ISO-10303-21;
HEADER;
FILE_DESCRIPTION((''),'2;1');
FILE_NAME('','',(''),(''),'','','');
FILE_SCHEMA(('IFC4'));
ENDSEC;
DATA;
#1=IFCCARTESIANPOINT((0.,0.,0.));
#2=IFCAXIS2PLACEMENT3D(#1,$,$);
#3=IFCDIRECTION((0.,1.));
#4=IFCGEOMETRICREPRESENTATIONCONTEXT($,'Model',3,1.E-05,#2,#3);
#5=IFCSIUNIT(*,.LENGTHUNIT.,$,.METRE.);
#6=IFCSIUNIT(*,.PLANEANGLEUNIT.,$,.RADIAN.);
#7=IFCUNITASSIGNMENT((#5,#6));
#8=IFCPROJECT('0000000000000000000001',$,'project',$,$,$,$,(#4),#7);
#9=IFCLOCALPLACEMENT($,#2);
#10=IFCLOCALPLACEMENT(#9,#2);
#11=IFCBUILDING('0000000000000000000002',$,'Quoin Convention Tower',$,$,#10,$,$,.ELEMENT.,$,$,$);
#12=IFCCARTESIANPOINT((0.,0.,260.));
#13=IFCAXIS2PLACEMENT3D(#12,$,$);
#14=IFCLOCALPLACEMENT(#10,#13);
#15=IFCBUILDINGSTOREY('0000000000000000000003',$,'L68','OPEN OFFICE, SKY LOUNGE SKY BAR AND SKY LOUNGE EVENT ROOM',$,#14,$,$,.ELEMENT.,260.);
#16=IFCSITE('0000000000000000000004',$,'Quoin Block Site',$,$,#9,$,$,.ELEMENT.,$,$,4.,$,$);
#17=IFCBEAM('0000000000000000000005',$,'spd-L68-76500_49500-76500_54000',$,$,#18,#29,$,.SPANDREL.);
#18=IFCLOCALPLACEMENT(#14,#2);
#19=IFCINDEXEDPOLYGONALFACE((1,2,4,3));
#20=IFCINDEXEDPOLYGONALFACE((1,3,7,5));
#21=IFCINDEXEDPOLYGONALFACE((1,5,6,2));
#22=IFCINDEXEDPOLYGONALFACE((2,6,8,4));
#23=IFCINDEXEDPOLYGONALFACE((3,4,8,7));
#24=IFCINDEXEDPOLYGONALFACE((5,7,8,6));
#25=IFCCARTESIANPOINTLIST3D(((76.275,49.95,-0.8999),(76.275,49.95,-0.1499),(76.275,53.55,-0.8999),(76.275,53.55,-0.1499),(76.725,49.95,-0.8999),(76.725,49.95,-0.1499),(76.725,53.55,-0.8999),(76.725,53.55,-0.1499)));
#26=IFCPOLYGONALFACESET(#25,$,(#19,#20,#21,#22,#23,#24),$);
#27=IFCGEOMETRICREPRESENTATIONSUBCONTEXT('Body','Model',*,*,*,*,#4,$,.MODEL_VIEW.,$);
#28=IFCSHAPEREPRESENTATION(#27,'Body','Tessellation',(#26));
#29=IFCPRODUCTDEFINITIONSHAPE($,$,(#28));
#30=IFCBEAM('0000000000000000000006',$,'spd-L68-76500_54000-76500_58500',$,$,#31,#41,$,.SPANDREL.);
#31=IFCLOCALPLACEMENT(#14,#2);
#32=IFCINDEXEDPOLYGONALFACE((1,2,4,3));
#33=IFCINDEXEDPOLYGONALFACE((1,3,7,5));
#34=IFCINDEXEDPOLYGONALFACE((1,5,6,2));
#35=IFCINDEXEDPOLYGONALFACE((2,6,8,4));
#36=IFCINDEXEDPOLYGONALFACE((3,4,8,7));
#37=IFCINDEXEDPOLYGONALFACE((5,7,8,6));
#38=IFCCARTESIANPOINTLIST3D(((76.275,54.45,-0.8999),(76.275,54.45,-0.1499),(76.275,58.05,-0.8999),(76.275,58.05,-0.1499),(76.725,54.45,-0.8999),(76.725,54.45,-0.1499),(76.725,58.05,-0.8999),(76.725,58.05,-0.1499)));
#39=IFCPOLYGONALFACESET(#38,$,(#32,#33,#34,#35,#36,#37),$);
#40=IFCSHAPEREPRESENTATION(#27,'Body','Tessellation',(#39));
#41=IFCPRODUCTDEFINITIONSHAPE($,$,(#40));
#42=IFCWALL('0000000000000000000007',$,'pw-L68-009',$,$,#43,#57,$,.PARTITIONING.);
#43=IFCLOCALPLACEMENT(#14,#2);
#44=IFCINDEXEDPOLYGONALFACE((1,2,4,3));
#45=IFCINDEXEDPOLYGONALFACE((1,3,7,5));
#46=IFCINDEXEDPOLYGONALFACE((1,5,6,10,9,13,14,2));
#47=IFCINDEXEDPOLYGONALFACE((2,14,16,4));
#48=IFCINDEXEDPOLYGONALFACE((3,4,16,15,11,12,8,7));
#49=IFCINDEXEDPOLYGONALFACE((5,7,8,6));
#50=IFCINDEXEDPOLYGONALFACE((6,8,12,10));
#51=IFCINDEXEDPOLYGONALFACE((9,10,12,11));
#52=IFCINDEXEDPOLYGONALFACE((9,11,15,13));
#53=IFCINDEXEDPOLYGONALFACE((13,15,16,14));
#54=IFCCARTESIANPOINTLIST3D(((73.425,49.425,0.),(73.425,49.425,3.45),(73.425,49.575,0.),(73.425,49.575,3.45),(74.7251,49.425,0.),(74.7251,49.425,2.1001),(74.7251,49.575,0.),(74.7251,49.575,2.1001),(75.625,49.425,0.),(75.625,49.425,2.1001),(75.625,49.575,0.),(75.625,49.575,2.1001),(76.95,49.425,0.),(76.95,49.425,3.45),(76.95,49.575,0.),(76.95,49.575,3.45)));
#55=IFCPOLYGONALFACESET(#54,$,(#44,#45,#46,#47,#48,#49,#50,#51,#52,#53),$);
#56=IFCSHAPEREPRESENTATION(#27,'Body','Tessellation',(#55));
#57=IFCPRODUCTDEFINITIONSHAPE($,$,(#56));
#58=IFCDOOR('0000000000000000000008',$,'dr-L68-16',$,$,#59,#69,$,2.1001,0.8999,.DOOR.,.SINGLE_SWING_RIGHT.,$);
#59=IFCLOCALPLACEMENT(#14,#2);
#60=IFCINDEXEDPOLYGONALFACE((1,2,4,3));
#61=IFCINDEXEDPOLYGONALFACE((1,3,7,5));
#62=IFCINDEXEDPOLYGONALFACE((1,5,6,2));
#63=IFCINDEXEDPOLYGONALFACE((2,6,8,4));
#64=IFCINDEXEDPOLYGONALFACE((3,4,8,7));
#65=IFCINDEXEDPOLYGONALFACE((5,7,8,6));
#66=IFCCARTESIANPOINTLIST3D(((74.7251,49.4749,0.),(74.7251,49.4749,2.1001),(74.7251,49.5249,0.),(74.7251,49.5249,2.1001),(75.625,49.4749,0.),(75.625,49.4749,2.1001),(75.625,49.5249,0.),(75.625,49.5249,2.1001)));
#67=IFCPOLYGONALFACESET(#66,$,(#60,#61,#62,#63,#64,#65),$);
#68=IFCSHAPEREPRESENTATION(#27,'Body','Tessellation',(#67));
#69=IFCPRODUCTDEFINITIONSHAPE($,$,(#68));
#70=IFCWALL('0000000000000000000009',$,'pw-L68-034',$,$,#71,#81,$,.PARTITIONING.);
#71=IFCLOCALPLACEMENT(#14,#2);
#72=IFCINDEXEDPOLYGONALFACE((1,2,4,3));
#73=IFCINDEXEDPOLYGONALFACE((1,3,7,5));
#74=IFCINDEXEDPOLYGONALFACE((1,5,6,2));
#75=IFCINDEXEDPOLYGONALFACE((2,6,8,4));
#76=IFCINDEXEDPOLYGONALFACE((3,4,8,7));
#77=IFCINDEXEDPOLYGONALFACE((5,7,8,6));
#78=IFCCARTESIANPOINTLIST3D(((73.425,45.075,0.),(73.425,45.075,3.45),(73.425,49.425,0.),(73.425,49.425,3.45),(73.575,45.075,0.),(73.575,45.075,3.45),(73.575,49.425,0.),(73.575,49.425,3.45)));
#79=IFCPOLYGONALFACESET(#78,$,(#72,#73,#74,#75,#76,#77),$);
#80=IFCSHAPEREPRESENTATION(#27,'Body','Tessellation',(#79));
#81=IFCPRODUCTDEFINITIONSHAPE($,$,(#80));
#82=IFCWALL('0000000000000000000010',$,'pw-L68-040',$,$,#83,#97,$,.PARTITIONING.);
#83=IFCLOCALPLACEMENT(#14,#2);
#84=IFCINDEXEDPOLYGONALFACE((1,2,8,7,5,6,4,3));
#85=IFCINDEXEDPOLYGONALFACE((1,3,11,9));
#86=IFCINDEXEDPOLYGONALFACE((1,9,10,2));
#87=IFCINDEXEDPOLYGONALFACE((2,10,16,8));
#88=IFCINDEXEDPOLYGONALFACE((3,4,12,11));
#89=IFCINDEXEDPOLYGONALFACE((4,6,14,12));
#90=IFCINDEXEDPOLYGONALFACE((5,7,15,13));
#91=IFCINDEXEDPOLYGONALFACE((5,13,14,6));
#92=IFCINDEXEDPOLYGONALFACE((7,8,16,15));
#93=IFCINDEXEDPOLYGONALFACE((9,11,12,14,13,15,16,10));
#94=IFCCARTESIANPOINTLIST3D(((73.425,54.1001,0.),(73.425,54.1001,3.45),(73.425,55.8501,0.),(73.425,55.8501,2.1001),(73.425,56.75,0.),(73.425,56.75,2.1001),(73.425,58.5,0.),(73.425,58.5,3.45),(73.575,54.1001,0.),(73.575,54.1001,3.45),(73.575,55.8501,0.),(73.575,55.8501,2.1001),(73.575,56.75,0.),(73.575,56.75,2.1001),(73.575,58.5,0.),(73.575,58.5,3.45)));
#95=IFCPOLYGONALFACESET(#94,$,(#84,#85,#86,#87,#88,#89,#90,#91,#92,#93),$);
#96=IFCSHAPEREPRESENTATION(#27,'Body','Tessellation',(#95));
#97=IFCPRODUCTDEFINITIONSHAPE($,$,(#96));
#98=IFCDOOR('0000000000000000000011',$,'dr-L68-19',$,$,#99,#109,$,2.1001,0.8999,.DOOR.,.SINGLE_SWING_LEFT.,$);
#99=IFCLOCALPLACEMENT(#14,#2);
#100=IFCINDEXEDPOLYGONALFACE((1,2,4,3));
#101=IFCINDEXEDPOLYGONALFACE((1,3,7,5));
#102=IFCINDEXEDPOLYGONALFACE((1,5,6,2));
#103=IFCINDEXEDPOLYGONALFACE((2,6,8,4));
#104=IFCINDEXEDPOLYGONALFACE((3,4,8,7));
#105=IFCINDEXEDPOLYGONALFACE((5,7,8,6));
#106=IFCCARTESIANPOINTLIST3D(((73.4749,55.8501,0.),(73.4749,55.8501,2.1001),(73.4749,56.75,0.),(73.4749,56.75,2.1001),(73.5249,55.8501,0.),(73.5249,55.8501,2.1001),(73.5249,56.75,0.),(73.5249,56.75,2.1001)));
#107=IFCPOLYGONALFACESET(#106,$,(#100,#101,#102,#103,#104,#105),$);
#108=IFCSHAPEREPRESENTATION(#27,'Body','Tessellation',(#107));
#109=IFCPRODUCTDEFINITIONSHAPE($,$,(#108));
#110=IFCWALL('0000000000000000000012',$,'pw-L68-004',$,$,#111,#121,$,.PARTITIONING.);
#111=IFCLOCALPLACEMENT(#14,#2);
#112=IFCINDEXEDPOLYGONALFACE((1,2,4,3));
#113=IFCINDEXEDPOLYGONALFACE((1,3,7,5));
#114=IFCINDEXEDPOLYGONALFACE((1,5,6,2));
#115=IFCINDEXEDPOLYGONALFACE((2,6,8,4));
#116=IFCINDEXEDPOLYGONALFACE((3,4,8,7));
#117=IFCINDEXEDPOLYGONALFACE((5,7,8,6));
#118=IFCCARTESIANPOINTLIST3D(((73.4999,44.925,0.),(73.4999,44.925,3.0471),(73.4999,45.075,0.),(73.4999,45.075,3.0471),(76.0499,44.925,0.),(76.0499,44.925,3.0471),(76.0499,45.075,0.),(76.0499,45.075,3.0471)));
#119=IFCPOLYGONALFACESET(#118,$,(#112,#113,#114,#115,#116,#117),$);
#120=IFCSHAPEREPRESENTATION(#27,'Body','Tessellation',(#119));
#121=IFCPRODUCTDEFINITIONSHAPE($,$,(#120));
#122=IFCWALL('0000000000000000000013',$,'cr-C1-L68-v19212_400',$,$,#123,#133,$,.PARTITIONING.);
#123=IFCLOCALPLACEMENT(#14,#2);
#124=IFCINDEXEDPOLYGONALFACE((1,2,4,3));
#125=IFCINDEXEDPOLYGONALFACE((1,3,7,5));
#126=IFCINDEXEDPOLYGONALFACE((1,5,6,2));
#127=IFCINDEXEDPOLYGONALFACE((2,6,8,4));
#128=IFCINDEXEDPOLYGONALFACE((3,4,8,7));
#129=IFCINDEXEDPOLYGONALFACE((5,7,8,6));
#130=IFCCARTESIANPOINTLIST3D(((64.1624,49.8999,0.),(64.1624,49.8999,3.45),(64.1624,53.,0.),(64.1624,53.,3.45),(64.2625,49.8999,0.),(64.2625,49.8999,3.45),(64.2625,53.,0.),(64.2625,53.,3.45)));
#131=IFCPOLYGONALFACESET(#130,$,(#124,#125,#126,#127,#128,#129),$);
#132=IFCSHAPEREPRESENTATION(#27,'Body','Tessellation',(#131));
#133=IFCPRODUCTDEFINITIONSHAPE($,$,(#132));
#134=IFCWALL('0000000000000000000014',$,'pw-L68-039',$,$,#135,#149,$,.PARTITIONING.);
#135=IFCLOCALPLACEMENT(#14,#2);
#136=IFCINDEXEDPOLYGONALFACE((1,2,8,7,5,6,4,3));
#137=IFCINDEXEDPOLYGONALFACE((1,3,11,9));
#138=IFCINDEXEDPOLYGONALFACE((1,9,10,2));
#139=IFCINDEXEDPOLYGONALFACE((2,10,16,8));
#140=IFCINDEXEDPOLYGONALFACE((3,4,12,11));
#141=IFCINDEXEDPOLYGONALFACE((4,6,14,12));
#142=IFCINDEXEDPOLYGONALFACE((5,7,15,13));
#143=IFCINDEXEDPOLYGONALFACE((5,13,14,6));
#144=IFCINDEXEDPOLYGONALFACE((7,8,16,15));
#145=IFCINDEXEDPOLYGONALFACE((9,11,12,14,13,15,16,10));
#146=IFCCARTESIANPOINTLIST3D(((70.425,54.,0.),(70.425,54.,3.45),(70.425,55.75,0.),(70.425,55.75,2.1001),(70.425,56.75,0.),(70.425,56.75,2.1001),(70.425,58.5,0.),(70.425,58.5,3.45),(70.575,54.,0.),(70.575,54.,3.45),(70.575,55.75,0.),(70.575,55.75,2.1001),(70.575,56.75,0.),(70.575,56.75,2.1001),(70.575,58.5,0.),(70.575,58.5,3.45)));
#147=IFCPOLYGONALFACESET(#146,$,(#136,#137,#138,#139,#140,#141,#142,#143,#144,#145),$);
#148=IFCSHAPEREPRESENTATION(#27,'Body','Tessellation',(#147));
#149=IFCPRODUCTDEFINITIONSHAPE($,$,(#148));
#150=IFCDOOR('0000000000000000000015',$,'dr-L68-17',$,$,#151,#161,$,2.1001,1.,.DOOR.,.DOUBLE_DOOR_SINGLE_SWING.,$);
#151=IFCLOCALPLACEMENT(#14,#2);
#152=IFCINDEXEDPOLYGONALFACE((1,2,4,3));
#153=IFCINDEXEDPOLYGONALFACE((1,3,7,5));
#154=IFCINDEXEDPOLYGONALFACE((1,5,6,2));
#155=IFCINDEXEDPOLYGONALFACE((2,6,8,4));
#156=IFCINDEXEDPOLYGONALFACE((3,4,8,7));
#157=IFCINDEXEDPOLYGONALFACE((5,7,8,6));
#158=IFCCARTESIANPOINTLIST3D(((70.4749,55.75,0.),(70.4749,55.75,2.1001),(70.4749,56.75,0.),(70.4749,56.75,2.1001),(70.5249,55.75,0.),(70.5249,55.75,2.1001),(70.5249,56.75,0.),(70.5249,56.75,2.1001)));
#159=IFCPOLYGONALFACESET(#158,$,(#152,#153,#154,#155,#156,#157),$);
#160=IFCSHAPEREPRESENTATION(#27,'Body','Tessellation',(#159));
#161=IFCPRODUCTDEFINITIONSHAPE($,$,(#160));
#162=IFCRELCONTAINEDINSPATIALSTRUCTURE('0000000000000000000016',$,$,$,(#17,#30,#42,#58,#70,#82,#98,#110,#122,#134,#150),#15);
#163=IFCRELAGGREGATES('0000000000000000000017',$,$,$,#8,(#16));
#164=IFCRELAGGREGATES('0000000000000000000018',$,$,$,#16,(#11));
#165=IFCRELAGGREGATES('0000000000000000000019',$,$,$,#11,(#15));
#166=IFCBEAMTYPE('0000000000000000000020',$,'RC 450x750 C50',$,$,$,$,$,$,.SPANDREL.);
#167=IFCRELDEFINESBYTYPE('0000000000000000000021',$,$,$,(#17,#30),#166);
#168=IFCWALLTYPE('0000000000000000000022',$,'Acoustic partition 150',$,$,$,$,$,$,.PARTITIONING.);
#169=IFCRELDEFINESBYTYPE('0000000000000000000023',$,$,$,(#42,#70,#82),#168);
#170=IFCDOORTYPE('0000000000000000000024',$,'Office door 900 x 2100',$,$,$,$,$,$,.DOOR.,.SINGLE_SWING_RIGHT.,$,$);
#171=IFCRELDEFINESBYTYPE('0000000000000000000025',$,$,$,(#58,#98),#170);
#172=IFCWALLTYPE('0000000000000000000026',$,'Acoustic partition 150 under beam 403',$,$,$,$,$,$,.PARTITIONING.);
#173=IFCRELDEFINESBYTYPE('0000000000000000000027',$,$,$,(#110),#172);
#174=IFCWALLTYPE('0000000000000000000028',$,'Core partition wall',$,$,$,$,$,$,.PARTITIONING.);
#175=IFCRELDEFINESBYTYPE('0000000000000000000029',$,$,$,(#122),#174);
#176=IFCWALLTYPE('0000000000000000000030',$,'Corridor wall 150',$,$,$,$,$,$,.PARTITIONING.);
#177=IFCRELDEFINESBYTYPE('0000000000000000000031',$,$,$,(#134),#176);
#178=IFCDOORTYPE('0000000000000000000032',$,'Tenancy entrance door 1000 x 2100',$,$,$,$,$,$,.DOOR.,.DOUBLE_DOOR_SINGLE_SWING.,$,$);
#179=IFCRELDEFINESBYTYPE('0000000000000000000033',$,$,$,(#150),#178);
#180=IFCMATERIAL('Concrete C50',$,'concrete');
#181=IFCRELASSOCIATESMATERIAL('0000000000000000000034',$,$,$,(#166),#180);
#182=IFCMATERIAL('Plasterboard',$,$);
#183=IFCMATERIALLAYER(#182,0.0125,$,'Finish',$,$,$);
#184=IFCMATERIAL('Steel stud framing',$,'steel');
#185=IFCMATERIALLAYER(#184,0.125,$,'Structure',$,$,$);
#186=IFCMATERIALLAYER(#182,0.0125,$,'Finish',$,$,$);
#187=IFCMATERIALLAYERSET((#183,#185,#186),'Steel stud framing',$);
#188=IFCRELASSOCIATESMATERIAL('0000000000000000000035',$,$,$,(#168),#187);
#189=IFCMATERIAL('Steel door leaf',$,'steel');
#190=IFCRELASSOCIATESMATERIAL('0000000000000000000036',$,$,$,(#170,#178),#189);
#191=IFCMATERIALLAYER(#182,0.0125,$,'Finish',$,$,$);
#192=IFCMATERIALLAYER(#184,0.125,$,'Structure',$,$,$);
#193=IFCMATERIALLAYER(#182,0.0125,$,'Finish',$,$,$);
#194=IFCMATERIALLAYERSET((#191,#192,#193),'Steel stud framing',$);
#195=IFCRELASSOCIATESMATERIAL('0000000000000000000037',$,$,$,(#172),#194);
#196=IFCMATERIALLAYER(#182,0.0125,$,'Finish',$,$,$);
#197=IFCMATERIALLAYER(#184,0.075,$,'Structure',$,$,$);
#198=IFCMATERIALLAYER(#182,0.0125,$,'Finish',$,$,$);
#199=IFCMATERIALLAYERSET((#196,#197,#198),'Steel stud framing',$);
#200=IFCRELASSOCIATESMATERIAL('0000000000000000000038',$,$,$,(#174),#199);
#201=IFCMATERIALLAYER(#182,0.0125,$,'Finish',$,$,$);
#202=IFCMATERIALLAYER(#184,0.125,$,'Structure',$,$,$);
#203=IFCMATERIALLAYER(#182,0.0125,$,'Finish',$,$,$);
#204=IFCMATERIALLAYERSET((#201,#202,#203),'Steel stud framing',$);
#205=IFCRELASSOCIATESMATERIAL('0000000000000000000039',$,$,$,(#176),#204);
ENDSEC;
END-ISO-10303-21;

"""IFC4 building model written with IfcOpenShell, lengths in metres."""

from ifc_helpers import new_model, si_unit, direction, frame, frame_2d, origin, origin_2d, place, context, subcontext, project, spatial, rectangle, extrude, material, layer, layer_set, material_profile, profile_set, type_object, element, fill, save


model = new_model("IFC4")

# Units and contexts
model_context = context("Model", 3, precision=1e-05, world=origin(), true_north=direction((0.0, 1.0)))
body_context = subcontext(model_context, "Body", "Model", "MODEL_VIEW")
ifc_project = project(units=[si_unit("LENGTHUNIT", "METRE"), si_unit("PLANEANGLEUNIT", "RADIAN")], contexts=[model_context])

# Site, building, storey
site_placement = place(None, origin())
site = spatial("IfcSite", under=ifc_project, at=site_placement, Name="Quoin Block Site", CompositionType="ELEMENT", RefElevation=4.0)
building_placement = place(site_placement, origin())
building = spatial("IfcBuilding", under=site, at=building_placement, Name="Quoin Convention Tower", CompositionType="ELEMENT")
storey_placement = place(building_placement, frame((0.0, 0.0, 260.0)))
storey = spatial("IfcBuildingStorey", under=building, at=storey_placement, Name="L68", Description="OPEN OFFICE, SKY LOUNGE SKY BAR AND SKY LOUNGE EVENT ROOM", CompositionType="ELEMENT", Elevation=260.0)

# Shared definitions
ifc_material_1 = material(Name="Concrete C50", Category="concrete")

# Beams
ifc_material_profile_1 = material_profile(ifc_material_1, rectangle(XDim=0.45, YDim=0.75, at=origin_2d()), Name="RC 450x750")
ifc_profile_set_1 = profile_set([ifc_material_profile_1], Name="Concrete C50")
beam_type_1 = type_object("IfcBeamType", Name="RC 450x750 C50", PredefinedType="SPANDREL", material=ifc_profile_set_1)
for number, where, z_axis, x_axis, name in (
    (1, (76.5, 49.95, -0.5249), (0.0, 1.0, 0.0), (-1.0, 0.0, 0.0), "spd-L68-76500_49500-76500_54000"),
    (2, (76.5, 54.45, -0.5249), (0.0, 1.0, 0.0), (-1.0, 0.0, 0.0), "spd-L68-76500_54000-76500_58500"),
):
    element("IfcBeam", number, at=place(storey_placement, frame(where, z_axis=z_axis, x_axis=x_axis)), inside=storey, type_object=beam_type_1, Name=name, PredefinedType="SPANDREL", context=body_context, shape_type="SweptSolid", body=[
        extrude(rectangle(XDim=0.45, YDim=0.75, at=origin_2d()), origin(), (0.0, 0.0, 1.0), 3.6001),
    ])

# Wall, opening, door
ifc_material_2 = material(Name="Plasterboard")
ifc_layer_1 = layer(ifc_material_2, 0.0125, Name="Finish")
ifc_material_3 = material(Name="Steel stud framing", Category="steel")
ifc_layer_2 = layer(ifc_material_3, 0.125, Name="Structure")
ifc_layer_3 = layer(ifc_material_2, 0.0125, Name="Finish")
ifc_layer_set_1 = layer_set([ifc_layer_1, ifc_layer_2, ifc_layer_3], Name="Steel stud framing")
wall_type_1 = type_object("IfcWallType", Name="Acoustic partition 150", PredefinedType="PARTITIONING", material=ifc_layer_set_1)
wall_1_placement = place(storey_placement, frame((73.425, 49.5, 0.0), z_axis=(0.0, 0.0, 1.0), x_axis=(1.0, 0.0, 0.0)))
wall_1 = element("IfcWall", 3, at=wall_1_placement, inside=storey, type_object=wall_type_1, Name="pw-L68-009", PredefinedType="PARTITIONING", context=body_context, shape_type="SweptSolid", body=[
    extrude(rectangle(XDim=3.5249, YDim=0.1499, at=frame_2d((1.7625, 0.0))), origin(), (0.0, 0.0, 1.0), 3.45),
])
opening_1_placement = place(wall_1_placement, frame((1.3, 0.0, 0.0)))
opening_1 = element("IfcOpeningElement", 4, at=opening_1_placement, cuts=wall_1, PredefinedType="OPENING", context=body_context, shape_type="SweptSolid", body=[
    extrude(rectangle(XDim=0.8999, YDim=2.1001, at=frame_2d((0.45, 1.05))), frame((0.0, 0.085, 0.0), z_axis=(0.0, -1.0, 0.0), x_axis=(1.0, 0.0, 0.0)), (0.0, 0.0, 1.0), 0.1699),
])
ifc_material_4 = material(Name="Steel door leaf", Category="steel")
door_type_1 = type_object("IfcDoorType", Name="Office door 900 x 2100", OperationType="SINGLE_SWING_RIGHT", PredefinedType="DOOR", material=ifc_material_4)
door_1_placement = place(opening_1_placement, origin())
door_1 = element("IfcDoor", 5, at=door_1_placement, inside=storey, type_object=door_type_1, Name="dr-L68-16", OperationType="SINGLE_SWING_RIGHT", OverallHeight=2.1001, OverallWidth=0.8999, PredefinedType="DOOR", context=body_context, shape_type="SweptSolid", body=[
    extrude(rectangle(XDim=0.8999, YDim=2.1001, at=frame_2d((0.45, 1.05))), frame((0.0, 0.0249, 0.0), z_axis=(0.0, -1.0, 0.0), x_axis=(1.0, 0.0, 0.0)), (0.0, 0.0, 1.0), 0.05),
])
fill(opening_1, door_1)

# Wall
wall_2_placement = place(storey_placement, frame((73.5, 45.075, 0.0), z_axis=(0.0, 0.0, 1.0), x_axis=(0.0, 1.0, 0.0)))
element("IfcWall", 6, at=wall_2_placement, inside=storey, type_object=wall_type_1, Name="pw-L68-034", PredefinedType="PARTITIONING", context=body_context, shape_type="SweptSolid", body=[
    extrude(rectangle(XDim=4.3501, YDim=0.1499, at=frame_2d((2.175, 0.0))), origin(), (0.0, 0.0, 1.0), 3.45),
])

# Wall, opening, door
wall_3_placement = place(storey_placement, frame((73.5, 54.1001, 0.0), z_axis=(0.0, 0.0, 1.0), x_axis=(0.0, 1.0, 0.0)))
wall_3 = element("IfcWall", 7, at=wall_3_placement, inside=storey, type_object=wall_type_1, Name="pw-L68-040", PredefinedType="PARTITIONING", context=body_context, shape_type="SweptSolid", body=[
    extrude(rectangle(XDim=4.3999, YDim=0.1499, at=frame_2d((2.2, 0.0))), origin(), (0.0, 0.0, 1.0), 3.45),
])
opening_2_placement = place(wall_3_placement, frame((1.75, 0.0, 0.0)))
opening_2 = element("IfcOpeningElement", 8, at=opening_2_placement, cuts=wall_3, PredefinedType="OPENING", context=body_context, shape_type="SweptSolid", body=[
    extrude(rectangle(XDim=0.8999, YDim=2.1001, at=frame_2d((0.45, 1.05))), frame((0.0, 0.085, 0.0), z_axis=(0.0, -1.0, 0.0), x_axis=(1.0, 0.0, 0.0)), (0.0, 0.0, 1.0), 0.1699),
])
door_2_placement = place(opening_2_placement, frame((0.8999, 0.0, 0.0), z_axis=(0.0, 0.0, 1.0), x_axis=(-1.0, 0.0, 0.0)))
door_2 = element("IfcDoor", 9, at=door_2_placement, inside=storey, type_object=door_type_1, Name="dr-L68-19", OperationType="SINGLE_SWING_LEFT", OverallHeight=2.1001, OverallWidth=0.8999, PredefinedType="DOOR", context=body_context, shape_type="SweptSolid", body=[
    extrude(rectangle(XDim=0.8999, YDim=2.1001, at=frame_2d((0.45, 1.05))), frame((0.0, 0.0249, 0.0), z_axis=(0.0, -1.0, 0.0), x_axis=(1.0, 0.0, 0.0)), (0.0, 0.0, 1.0), 0.05),
])
fill(opening_2, door_2)

# Walls
ifc_layer_4 = layer(ifc_material_2, 0.0125, Name="Finish")
ifc_layer_5 = layer(ifc_material_3, 0.125, Name="Structure")
ifc_layer_6 = layer(ifc_material_2, 0.0125, Name="Finish")
ifc_layer_set_2 = layer_set([ifc_layer_4, ifc_layer_5, ifc_layer_6], Name="Steel stud framing")
wall_type_2 = type_object("IfcWallType", Name="Acoustic partition 150 under beam 403", PredefinedType="PARTITIONING", material=ifc_layer_set_2)
wall_4_placement = place(storey_placement, frame((73.5, 45.0, 0.0), z_axis=(0.0, 0.0, 1.0), x_axis=(1.0, 0.0, 0.0)))
element("IfcWall", 10, at=wall_4_placement, inside=storey, type_object=wall_type_2, Name="pw-L68-004", PredefinedType="PARTITIONING", context=body_context, shape_type="SweptSolid", body=[
    extrude(rectangle(XDim=2.55, YDim=0.1499, at=frame_2d((1.2749, 0.0))), origin(), (0.0, 0.0, 1.0), 3.0471),
])
ifc_layer_7 = layer(ifc_material_2, 0.0125, Name="Finish")
ifc_layer_8 = layer(ifc_material_3, 0.075, Name="Structure")
ifc_layer_9 = layer(ifc_material_2, 0.0125, Name="Finish")
ifc_layer_set_3 = layer_set([ifc_layer_7, ifc_layer_8, ifc_layer_9], Name="Steel stud framing")
wall_type_3 = type_object("IfcWallType", Name="Core partition wall", PredefinedType="PARTITIONING", material=ifc_layer_set_3)
wall_5_placement = place(storey_placement, frame((64.2124, 49.8999, 0.0), z_axis=(0.0, 0.0, 1.0), x_axis=(0.0, 1.0, 0.0)))
element("IfcWall", 11, at=wall_5_placement, inside=storey, type_object=wall_type_3, Name="cr-C1-L68-v19212_400", PredefinedType="PARTITIONING", context=body_context, shape_type="SweptSolid", body=[
    extrude(rectangle(XDim=3.1001, YDim=0.1001, at=frame_2d((1.55, 0.0))), origin(), (0.0, 0.0, 1.0), 3.45),
])

# Wall, opening, door
ifc_layer_10 = layer(ifc_material_2, 0.0125, Name="Finish")
ifc_layer_11 = layer(ifc_material_3, 0.125, Name="Structure")
ifc_layer_12 = layer(ifc_material_2, 0.0125, Name="Finish")
ifc_layer_set_4 = layer_set([ifc_layer_10, ifc_layer_11, ifc_layer_12], Name="Steel stud framing")
wall_type_4 = type_object("IfcWallType", Name="Corridor wall 150", PredefinedType="PARTITIONING", material=ifc_layer_set_4)
wall_6_placement = place(storey_placement, frame((70.5, 54.0, 0.0), z_axis=(0.0, 0.0, 1.0), x_axis=(0.0, 1.0, 0.0)))
wall_6 = element("IfcWall", 12, at=wall_6_placement, inside=storey, type_object=wall_type_4, Name="pw-L68-039", PredefinedType="PARTITIONING", context=body_context, shape_type="SweptSolid", body=[
    extrude(rectangle(XDim=4.5, YDim=0.1499, at=frame_2d((2.25, 0.0))), origin(), (0.0, 0.0, 1.0), 3.45),
])
opening_3_placement = place(wall_6_placement, frame((1.75, 0.0, 0.0)))
opening_3 = element("IfcOpeningElement", 13, at=opening_3_placement, cuts=wall_6, PredefinedType="OPENING", context=body_context, shape_type="SweptSolid", body=[
    extrude(rectangle(XDim=1.0, YDim=2.1001, at=frame_2d((0.5, 1.05))), frame((0.0, 0.085, 0.0), z_axis=(0.0, -1.0, 0.0), x_axis=(1.0, 0.0, 0.0)), (0.0, 0.0, 1.0), 0.1699),
])
door_type_2 = type_object("IfcDoorType", Name="Tenancy entrance door 1000 x 2100", OperationType="DOUBLE_DOOR_SINGLE_SWING", PredefinedType="DOOR", material=ifc_material_4)
door_3_placement = place(opening_3_placement, frame((1.0, 0.0, 0.0), z_axis=(0.0, 0.0, 1.0), x_axis=(-1.0, 0.0, 0.0)))
door_3 = element("IfcDoor", 14, at=door_3_placement, inside=storey, type_object=door_type_2, Name="dr-L68-17", OperationType="DOUBLE_DOOR_SINGLE_SWING", OverallHeight=2.1001, OverallWidth=1.0, PredefinedType="DOOR", context=body_context, shape_type="SweptSolid", body=[
    extrude(rectangle(XDim=1.0, YDim=2.1001, at=frame_2d((0.5, 1.05))), frame((0.0, 0.0249, 0.0), z_axis=(0.0, -1.0, 0.0), x_axis=(1.0, 0.0, 0.0)), (0.0, 0.0, 1.0), 0.05),
])
fill(opening_3, door_3)

save(model, "model.ifc")
